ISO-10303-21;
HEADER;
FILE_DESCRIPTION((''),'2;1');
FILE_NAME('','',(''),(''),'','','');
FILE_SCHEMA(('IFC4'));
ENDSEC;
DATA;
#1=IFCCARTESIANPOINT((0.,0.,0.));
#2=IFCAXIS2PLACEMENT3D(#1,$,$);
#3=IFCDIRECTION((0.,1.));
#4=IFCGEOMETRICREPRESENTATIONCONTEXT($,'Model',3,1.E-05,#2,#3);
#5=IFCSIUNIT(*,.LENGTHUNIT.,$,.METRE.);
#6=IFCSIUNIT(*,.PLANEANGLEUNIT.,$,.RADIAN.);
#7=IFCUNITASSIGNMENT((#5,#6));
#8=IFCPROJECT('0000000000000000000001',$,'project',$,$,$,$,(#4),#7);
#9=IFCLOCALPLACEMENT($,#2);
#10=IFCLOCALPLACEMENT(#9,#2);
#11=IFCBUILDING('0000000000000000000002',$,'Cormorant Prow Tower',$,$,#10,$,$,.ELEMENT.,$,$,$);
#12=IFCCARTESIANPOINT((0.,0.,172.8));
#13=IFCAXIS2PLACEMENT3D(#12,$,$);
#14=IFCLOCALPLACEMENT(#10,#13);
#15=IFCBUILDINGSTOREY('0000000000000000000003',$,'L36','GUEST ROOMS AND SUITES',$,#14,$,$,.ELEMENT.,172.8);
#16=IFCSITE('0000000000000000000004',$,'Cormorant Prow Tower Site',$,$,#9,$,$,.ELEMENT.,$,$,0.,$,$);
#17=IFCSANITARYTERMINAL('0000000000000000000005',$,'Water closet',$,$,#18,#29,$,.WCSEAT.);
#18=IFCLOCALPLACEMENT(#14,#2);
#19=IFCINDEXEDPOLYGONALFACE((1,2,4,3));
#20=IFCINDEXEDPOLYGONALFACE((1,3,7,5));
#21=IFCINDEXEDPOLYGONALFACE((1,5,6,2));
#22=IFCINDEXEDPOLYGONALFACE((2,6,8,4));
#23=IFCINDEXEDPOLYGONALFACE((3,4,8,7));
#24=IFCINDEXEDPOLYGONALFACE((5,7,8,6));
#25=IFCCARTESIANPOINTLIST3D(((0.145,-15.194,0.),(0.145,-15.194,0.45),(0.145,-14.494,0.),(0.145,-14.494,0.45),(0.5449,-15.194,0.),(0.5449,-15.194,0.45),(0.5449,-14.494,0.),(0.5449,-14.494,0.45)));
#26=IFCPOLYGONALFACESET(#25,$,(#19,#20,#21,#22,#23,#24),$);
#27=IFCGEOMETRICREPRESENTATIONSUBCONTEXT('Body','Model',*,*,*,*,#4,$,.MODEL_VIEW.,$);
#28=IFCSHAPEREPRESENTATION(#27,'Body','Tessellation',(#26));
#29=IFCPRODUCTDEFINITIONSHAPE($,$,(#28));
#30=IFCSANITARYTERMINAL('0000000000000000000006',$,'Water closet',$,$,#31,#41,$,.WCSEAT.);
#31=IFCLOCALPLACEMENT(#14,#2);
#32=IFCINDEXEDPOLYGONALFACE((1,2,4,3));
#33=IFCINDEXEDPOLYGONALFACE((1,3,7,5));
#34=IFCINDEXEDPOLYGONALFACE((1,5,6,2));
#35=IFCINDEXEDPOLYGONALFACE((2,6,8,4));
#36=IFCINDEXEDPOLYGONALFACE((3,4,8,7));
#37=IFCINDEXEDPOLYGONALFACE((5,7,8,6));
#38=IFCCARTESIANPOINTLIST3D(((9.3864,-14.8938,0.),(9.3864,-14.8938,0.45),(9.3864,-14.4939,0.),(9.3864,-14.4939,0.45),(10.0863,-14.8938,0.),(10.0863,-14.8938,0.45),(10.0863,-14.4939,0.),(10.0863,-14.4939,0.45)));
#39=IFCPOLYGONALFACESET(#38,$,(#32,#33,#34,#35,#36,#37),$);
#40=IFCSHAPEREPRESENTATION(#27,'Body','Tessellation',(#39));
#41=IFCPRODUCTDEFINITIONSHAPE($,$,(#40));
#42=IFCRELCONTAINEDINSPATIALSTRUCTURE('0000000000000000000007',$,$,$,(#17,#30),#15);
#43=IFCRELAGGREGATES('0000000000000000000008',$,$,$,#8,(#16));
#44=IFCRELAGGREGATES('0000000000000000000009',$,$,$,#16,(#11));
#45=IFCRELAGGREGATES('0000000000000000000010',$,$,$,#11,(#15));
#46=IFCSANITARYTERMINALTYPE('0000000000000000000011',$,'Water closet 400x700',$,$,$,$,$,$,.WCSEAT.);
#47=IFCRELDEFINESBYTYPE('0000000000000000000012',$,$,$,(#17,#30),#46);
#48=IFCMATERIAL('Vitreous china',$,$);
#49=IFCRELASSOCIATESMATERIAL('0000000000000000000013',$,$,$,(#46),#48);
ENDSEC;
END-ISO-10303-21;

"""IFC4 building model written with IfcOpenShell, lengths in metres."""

from ifc_helpers import new_model, si_unit, direction, frame, origin, origin_2d, place, context, subcontext, project, spatial, rectangle, extrude, material, type_object, element, save


model = new_model("IFC4")

# Units and contexts
model_context = context("Model", 3, precision=1e-05, world=origin(), true_north=direction((0.0, 1.0)))
body_context = subcontext(model_context, "Body", "Model", "MODEL_VIEW")
ifc_project = project(units=[si_unit("LENGTHUNIT", "METRE"), si_unit("PLANEANGLEUNIT", "RADIAN")], contexts=[model_context])

# Site, building, storey
site_placement = place(None, origin())
site = spatial("IfcSite", under=ifc_project, at=site_placement, Name="Cormorant Prow Tower Site", CompositionType="ELEMENT", RefElevation=0.0)
building_placement = place(site_placement, origin())
building = spatial("IfcBuilding", under=site, at=building_placement, Name="Cormorant Prow Tower", CompositionType="ELEMENT")
storey_placement = place(building_placement, frame((0.0, 0.0, 172.8)))
storey = spatial("IfcBuildingStorey", under=building, at=storey_placement, Name="L36", Description="GUEST ROOMS AND SUITES", CompositionType="ELEMENT", Elevation=172.8)

# Sanitary terminals
ifc_material_1 = material(Name="Vitreous china")
sanitary_terminal_type_1 = type_object("IfcSanitaryTerminalType", Name="Water closet 400x700", PredefinedType="WCSEAT", material=ifc_material_1)
for number, where, z_axis, x_axis, name in (
    (1, (0.345, -14.844, 0.0), (0.0, 0.0, 1.0), (1.0, 0.0, 0.0), "Water closet"),
    (2, (9.7363, -14.6938, 0.0), (0.0, 0.0, 1.0), (0.0, -1.0, 0.0), "Water closet"),
):
    element("IfcSanitaryTerminal", number, at=place(storey_placement, frame(where, z_axis=z_axis, x_axis=x_axis)), inside=storey, type_object=sanitary_terminal_type_1, Name=name, PredefinedType="WCSEAT", context=body_context, shape_type="SweptSolid", body=[
        extrude(rectangle(XDim=0.3999, YDim=0.7, at=origin_2d()), origin(), (0.0, 0.0, 1.0), 0.45),
    ])

save(model, "model.ifc")
